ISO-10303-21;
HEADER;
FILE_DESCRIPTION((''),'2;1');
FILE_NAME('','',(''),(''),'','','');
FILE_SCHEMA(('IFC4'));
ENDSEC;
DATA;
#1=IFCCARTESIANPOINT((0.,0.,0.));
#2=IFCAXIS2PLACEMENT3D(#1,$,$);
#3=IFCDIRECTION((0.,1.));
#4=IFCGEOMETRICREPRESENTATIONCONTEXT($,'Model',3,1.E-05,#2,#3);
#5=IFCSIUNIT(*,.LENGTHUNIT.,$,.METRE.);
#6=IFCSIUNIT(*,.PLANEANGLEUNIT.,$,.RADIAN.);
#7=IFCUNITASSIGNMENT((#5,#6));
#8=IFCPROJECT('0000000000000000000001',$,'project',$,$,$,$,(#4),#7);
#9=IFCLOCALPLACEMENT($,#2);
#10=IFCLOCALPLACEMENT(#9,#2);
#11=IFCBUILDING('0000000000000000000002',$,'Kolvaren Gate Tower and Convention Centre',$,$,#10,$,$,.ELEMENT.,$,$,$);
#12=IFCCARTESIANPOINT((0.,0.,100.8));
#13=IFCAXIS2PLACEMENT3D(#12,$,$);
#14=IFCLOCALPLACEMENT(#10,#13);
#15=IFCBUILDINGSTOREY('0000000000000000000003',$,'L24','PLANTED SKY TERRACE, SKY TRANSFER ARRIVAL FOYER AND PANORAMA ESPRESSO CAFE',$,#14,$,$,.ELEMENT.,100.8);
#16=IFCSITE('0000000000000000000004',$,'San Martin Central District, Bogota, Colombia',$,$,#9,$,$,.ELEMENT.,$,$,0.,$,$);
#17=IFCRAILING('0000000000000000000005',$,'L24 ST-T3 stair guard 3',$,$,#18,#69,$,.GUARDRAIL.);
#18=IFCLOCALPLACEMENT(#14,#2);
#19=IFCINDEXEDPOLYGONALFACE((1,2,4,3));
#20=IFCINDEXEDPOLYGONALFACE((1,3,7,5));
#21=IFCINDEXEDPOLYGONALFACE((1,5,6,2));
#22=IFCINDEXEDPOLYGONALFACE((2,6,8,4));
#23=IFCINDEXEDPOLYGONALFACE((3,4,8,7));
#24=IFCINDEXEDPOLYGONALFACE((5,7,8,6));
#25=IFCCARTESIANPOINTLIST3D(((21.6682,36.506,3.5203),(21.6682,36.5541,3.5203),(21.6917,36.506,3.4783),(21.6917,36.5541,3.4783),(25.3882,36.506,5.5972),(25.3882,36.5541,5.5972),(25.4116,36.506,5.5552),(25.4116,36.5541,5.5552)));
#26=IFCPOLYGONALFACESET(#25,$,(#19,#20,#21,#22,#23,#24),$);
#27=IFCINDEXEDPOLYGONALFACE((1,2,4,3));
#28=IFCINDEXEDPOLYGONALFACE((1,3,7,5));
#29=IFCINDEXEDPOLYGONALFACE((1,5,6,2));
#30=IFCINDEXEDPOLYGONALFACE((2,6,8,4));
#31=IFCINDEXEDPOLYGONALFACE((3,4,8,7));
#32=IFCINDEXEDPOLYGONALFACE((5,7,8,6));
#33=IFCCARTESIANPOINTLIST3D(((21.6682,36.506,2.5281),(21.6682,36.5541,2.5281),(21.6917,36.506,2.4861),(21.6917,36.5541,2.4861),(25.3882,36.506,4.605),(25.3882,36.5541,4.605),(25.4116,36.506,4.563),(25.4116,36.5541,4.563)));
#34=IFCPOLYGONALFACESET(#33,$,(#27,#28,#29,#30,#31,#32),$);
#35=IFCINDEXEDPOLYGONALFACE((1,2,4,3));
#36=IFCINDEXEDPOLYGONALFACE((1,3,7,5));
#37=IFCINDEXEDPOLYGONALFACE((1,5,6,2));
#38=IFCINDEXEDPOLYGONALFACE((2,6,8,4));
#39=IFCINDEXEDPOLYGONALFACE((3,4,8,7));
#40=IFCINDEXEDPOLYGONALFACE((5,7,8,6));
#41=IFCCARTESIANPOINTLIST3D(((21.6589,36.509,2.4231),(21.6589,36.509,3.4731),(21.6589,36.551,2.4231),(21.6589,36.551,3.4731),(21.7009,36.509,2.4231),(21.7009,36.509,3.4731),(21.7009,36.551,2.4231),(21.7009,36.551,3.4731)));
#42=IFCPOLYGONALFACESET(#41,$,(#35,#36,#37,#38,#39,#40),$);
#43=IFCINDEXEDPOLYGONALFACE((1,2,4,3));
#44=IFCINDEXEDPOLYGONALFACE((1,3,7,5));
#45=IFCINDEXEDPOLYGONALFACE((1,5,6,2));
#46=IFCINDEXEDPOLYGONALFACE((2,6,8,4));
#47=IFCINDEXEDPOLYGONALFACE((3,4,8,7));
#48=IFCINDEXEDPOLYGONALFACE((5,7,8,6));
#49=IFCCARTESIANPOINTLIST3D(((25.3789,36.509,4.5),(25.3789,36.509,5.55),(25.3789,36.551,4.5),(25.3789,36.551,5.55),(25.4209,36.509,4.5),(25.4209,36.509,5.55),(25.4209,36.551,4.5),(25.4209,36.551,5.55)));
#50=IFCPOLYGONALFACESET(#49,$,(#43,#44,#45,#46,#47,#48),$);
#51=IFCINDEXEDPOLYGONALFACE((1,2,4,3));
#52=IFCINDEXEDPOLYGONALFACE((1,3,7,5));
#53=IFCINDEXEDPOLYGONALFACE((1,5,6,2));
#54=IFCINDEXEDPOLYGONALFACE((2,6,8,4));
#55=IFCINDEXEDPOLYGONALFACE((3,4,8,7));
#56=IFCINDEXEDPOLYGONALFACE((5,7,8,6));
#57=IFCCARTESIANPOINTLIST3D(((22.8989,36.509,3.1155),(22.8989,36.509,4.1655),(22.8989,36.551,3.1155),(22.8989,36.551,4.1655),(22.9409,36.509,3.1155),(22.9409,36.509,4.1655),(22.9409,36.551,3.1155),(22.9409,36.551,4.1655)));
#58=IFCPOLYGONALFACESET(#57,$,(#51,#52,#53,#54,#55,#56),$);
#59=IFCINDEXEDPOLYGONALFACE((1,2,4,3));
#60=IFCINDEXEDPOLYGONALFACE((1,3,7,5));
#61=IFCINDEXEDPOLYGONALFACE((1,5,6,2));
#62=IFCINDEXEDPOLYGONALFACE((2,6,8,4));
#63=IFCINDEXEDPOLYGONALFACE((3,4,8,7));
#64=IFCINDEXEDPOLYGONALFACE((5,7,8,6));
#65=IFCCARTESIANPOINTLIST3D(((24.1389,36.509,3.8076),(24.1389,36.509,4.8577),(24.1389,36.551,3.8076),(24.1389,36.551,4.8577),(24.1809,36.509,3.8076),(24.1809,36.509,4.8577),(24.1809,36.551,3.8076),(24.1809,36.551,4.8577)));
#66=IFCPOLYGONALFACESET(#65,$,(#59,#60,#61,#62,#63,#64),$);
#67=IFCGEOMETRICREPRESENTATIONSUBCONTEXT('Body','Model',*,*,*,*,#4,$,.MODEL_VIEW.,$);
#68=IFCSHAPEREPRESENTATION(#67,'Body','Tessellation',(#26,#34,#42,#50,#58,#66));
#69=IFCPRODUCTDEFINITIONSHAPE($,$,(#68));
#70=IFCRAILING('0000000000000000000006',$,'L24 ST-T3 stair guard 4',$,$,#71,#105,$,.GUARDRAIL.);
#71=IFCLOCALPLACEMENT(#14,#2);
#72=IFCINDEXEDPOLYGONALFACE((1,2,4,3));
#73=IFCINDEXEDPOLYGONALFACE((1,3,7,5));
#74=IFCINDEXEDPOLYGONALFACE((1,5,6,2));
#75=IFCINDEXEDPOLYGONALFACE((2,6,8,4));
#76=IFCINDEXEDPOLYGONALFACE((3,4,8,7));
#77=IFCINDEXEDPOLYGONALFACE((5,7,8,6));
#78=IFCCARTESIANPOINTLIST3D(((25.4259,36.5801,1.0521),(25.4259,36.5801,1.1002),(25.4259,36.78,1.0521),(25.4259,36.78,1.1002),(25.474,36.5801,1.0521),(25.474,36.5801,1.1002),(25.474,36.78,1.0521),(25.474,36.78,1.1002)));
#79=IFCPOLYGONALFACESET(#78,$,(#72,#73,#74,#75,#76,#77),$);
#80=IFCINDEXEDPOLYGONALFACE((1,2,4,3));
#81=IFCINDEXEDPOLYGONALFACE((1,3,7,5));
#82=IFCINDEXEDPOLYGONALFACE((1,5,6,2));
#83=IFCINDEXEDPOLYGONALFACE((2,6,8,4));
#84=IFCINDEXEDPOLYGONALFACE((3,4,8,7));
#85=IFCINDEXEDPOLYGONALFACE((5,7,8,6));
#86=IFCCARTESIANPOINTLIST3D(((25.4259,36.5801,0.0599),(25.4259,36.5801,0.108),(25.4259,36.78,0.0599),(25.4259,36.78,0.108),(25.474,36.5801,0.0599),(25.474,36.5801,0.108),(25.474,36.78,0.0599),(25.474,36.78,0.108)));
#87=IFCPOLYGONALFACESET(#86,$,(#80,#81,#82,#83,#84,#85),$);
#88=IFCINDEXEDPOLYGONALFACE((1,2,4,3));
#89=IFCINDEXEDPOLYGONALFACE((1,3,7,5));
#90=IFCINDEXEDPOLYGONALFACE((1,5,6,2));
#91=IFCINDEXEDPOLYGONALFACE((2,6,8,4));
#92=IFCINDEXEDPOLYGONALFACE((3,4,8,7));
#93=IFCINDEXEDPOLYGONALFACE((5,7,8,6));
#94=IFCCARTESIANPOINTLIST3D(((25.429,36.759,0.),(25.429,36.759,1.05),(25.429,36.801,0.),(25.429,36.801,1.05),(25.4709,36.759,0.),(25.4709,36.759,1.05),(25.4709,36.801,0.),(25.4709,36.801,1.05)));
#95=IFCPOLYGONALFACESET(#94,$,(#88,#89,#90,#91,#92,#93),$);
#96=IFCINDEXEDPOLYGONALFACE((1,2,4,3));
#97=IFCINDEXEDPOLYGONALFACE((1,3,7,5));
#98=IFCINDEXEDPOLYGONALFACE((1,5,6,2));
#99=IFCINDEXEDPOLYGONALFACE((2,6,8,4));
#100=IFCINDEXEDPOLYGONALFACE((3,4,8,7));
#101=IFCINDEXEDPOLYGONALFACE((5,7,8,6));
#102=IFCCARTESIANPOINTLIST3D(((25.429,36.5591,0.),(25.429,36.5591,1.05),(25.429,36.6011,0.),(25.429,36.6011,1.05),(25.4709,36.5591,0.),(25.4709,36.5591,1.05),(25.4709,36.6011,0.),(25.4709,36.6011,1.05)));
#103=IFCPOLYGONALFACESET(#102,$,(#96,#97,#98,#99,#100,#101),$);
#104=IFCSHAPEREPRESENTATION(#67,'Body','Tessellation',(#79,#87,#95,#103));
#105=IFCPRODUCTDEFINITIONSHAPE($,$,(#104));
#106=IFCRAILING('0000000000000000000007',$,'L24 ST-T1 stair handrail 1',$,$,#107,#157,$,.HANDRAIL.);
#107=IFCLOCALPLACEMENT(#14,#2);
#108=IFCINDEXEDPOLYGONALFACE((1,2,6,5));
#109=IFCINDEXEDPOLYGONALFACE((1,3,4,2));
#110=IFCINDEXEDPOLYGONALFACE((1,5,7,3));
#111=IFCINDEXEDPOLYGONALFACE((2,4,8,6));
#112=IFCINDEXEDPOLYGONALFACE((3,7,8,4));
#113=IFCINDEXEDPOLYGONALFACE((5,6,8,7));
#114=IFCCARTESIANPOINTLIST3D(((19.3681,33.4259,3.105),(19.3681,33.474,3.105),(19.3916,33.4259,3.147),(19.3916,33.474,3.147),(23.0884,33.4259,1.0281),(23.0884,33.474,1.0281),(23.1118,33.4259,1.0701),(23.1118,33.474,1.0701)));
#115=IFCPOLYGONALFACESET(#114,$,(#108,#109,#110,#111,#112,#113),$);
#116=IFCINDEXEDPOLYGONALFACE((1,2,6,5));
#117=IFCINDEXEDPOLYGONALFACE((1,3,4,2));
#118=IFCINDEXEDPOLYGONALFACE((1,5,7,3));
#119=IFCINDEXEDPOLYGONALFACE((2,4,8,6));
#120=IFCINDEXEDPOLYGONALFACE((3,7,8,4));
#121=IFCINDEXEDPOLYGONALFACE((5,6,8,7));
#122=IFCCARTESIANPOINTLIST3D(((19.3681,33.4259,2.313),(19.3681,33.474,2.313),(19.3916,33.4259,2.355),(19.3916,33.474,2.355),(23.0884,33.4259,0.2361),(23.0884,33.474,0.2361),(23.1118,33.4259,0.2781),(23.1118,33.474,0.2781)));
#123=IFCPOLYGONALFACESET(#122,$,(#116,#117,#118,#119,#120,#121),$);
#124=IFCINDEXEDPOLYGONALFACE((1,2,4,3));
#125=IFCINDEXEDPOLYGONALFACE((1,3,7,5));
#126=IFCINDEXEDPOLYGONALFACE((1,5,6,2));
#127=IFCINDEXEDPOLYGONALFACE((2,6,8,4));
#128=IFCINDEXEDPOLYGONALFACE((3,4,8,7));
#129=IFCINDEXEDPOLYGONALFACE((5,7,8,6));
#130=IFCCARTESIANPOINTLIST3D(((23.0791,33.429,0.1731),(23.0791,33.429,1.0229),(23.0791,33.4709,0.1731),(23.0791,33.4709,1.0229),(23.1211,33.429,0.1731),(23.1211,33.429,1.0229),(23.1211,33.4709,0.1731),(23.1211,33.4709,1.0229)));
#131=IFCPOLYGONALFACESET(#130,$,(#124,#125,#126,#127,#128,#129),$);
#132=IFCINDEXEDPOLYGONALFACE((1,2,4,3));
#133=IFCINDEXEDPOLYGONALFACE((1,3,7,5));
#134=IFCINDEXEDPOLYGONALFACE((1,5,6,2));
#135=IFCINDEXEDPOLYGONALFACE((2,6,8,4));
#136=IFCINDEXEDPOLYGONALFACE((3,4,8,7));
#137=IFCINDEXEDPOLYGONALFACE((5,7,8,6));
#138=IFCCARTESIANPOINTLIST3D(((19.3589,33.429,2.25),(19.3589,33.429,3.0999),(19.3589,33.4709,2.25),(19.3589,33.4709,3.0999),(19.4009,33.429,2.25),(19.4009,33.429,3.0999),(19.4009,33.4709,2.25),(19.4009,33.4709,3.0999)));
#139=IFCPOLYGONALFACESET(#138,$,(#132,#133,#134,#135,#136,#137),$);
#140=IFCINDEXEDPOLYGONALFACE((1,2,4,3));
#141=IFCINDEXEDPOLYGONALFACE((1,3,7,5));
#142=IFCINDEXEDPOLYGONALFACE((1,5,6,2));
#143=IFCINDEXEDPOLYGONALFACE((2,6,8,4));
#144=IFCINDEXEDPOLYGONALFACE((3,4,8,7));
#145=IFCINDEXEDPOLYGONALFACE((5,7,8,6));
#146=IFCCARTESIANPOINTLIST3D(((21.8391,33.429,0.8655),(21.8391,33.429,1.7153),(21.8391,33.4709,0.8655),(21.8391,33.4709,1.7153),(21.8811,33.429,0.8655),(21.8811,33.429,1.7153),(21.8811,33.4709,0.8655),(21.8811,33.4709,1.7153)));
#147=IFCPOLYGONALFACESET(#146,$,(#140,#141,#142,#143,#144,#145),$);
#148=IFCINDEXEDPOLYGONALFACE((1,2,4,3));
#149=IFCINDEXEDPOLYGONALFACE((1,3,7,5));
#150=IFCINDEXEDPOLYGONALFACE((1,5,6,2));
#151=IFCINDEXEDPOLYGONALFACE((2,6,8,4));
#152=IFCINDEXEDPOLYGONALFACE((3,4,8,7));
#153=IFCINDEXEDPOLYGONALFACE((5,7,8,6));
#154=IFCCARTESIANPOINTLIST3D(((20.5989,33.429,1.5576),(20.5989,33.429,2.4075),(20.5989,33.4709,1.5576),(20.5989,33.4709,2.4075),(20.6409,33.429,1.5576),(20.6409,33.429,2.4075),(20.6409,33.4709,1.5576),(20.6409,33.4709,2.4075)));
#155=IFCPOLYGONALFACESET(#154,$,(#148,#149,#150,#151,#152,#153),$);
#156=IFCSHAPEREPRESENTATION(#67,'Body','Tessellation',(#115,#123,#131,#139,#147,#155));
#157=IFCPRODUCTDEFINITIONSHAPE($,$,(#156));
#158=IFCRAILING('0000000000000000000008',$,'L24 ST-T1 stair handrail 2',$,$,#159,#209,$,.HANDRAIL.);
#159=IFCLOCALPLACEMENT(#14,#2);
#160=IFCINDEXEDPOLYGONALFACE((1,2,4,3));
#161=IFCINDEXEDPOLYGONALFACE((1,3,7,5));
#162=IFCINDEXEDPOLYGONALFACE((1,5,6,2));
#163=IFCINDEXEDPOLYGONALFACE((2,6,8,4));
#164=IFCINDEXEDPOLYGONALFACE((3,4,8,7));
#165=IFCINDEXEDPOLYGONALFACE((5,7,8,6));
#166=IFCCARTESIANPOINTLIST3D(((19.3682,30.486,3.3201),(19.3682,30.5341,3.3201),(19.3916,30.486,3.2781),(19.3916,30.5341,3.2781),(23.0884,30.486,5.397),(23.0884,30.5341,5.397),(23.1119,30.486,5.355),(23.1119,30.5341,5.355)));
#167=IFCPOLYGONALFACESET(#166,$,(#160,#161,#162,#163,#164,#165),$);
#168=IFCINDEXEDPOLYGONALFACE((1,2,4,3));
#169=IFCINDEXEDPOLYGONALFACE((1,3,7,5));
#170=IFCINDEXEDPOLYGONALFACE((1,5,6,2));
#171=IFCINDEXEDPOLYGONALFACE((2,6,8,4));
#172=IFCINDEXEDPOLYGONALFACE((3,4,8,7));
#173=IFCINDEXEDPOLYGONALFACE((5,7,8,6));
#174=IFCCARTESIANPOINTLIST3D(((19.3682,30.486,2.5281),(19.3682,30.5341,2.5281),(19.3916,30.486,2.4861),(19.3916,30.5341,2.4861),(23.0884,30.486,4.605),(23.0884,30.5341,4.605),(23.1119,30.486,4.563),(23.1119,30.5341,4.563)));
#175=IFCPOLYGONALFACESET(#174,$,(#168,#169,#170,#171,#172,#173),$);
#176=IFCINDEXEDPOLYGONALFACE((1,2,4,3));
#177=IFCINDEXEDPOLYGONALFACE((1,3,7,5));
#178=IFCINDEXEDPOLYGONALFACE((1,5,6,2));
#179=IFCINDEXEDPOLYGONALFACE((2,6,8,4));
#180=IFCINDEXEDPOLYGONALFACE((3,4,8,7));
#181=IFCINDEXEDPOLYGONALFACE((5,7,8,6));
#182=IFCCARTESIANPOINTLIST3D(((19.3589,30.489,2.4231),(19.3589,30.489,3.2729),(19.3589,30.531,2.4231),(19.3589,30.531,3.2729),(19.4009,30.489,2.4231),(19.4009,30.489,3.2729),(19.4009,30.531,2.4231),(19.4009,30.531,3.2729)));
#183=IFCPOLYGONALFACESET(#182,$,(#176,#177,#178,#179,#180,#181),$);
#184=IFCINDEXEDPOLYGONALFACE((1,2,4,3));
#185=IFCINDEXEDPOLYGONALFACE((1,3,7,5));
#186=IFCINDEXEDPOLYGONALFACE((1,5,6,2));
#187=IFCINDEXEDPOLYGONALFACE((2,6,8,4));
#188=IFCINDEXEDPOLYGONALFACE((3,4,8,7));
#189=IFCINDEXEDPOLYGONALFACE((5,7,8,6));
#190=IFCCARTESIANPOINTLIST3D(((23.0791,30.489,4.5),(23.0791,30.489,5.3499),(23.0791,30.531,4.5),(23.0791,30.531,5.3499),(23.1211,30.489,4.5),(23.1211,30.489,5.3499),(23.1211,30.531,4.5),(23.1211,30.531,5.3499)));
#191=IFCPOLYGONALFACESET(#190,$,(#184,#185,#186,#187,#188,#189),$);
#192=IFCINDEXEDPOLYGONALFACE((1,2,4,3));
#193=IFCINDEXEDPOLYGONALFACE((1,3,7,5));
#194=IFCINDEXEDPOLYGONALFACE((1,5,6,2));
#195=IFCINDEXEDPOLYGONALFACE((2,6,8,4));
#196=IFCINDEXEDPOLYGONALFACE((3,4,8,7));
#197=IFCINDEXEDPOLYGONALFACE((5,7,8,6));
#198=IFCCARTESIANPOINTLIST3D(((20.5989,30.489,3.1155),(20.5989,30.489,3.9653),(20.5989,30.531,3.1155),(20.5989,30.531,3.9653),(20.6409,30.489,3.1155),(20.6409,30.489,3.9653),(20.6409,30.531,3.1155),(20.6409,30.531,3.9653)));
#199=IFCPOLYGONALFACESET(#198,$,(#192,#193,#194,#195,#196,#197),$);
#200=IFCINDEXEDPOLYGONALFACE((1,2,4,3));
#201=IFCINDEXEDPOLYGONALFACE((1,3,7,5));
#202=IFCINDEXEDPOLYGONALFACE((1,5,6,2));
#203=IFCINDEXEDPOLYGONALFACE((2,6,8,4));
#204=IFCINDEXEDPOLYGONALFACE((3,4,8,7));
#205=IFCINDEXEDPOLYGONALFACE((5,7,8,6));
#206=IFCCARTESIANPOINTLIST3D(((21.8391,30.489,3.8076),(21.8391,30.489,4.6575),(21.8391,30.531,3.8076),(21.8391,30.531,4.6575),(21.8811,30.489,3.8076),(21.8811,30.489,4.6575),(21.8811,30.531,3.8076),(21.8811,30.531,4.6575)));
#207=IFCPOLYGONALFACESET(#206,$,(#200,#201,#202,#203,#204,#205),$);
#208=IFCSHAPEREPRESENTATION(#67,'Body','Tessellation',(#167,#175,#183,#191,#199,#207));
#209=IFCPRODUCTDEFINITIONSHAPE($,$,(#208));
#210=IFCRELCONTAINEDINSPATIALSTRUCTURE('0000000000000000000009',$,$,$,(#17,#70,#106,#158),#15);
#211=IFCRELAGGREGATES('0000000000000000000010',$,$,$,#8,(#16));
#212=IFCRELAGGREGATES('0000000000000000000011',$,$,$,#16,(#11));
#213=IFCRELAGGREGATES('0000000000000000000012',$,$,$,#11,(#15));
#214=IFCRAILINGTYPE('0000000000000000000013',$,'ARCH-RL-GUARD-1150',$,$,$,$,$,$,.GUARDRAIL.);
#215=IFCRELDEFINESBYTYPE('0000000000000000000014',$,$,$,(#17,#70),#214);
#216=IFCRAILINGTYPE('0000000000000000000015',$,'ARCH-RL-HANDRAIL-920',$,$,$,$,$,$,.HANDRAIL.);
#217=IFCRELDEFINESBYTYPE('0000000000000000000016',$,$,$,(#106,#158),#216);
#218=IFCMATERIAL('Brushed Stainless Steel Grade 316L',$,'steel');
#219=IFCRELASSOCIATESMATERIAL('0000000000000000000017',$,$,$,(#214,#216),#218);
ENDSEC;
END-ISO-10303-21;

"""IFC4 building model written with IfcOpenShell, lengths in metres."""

from ifc_helpers import new_model, si_unit, direction, frame, origin, origin_2d, place, context, subcontext, project, spatial, rectangle, extrude, material, type_object, element, save


model = new_model("IFC4")

# Units and contexts
model_context = context("Model", 3, precision=1e-05, world=origin(), true_north=direction((0.0, 1.0)))
body_context = subcontext(model_context, "Body", "Model", "MODEL_VIEW")
ifc_project = project(units=[si_unit("LENGTHUNIT", "METRE"), si_unit("PLANEANGLEUNIT", "RADIAN")], contexts=[model_context])

# Site, building, storey
site_placement = place(None, origin())
site = spatial("IfcSite", under=ifc_project, at=site_placement, Name="San Martin Central District, Bogota, Colombia", CompositionType="ELEMENT", RefElevation=0.0)
building_placement = place(site_placement, origin())
building = spatial("IfcBuilding", under=site, at=building_placement, Name="Kolvaren Gate Tower and Convention Centre", CompositionType="ELEMENT")
storey_placement = place(building_placement, frame((0.0, 0.0, 100.8)))
storey = spatial("IfcBuildingStorey", under=building, at=storey_placement, Name="L24", Description="PLANTED SKY TERRACE, SKY TRANSFER ARRIVAL FOYER AND PANORAMA ESPRESSO CAFE", CompositionType="ELEMENT", Elevation=100.8)

# Railings
ifc_material_1 = material(Name="Brushed Stainless Steel Grade 316L", Category="steel")
railing_type_1 = type_object("IfcRailingType", Name="ARCH-RL-GUARD-1150", PredefinedType="GUARDRAIL", material=ifc_material_1)
railing_1_placement = place(storey_placement, frame((21.6799, 36.53, 2.4231)))
element("IfcRailing", 1, at=railing_1_placement, inside=storey, type_object=railing_type_1, Name="L24 ST-T3 stair guard 3", PredefinedType="GUARDRAIL", context=body_context, shape_type="SweptSolid", body=[
    extrude(rectangle(XDim=0.0481, YDim=0.0481, at=origin_2d()), frame((0.0, 0.0, 1.0762), z_axis=(0.873134, 0.0, 0.487481), x_axis=(0.0, 1.0, 0.0)), (0.0, 0.0, 1.0), 4.2605),
    extrude(rectangle(XDim=0.0481, YDim=0.0481, at=origin_2d()), frame((0.0, 0.0, 0.084), z_axis=(0.873134, 0.0, 0.487481), x_axis=(0.0, 1.0, 0.0)), (0.0, 0.0, 1.0), 4.2605),
    extrude(rectangle(XDim=0.042, YDim=0.042, at=origin_2d()), origin(), (0.0, 0.0, 1.0), 1.05),
    extrude(rectangle(XDim=0.042, YDim=0.042, at=origin_2d()), frame((3.72, 0.0, 2.0769)), (0.0, 0.0, 1.0), 1.05),
    extrude(rectangle(XDim=0.042, YDim=0.042, at=origin_2d()), frame((1.24, 0.0, 0.6924)), (0.0, 0.0, 1.0), 1.05),
    extrude(rectangle(XDim=0.042, YDim=0.042, at=origin_2d()), frame((2.48, 0.0, 1.3845)), (0.0, 0.0, 1.0), 1.05),
])
railing_2_placement = place(storey_placement, frame((25.45, 36.78, 0.0)))
element("IfcRailing", 2, at=railing_2_placement, inside=storey, type_object=railing_type_1, Name="L24 ST-T3 stair guard 4", PredefinedType="GUARDRAIL", context=body_context, shape_type="SweptSolid", body=[
    extrude(rectangle(XDim=0.0481, YDim=0.0481, at=origin_2d()), frame((0.0, 0.0, 1.0762), z_axis=(0.0, -1.0, 0.0), x_axis=(1.0, 0.0, 0.0)), (0.0, 0.0, 1.0), 0.2),
    extrude(rectangle(XDim=0.0481, YDim=0.0481, at=origin_2d()), frame((0.0, 0.0, 0.084), z_axis=(0.0, -1.0, 0.0), x_axis=(1.0, 0.0, 0.0)), (0.0, 0.0, 1.0), 0.2),
    extrude(rectangle(XDim=0.042, YDim=0.042, at=origin_2d()), origin(), (0.0, 0.0, 1.0), 1.05),
    extrude(rectangle(XDim=0.042, YDim=0.042, at=origin_2d()), frame((0.0, -0.2, 0.0)), (0.0, 0.0, 1.0), 1.05),
])
railing_type_2 = type_object("IfcRailingType", Name="ARCH-RL-HANDRAIL-920", PredefinedType="HANDRAIL", material=ifc_material_1)
railing_3_placement = place(storey_placement, frame((23.1001, 33.45, 0.1731)))
element("IfcRailing", 3, at=railing_3_placement, inside=storey, type_object=railing_type_2, Name="L24 ST-T1 stair handrail 1", PredefinedType="HANDRAIL", context=body_context, shape_type="SweptSolid", body=[
    extrude(rectangle(XDim=0.0481, YDim=0.0481, at=origin_2d()), frame((0.0, 0.0, 0.876), z_axis=(-0.873147, 0.0, 0.487457), x_axis=(0.0, -1.0, 0.0)), (0.0, 0.0, 1.0), 4.2607),
    extrude(rectangle(XDim=0.0481, YDim=0.0481, at=origin_2d()), frame((0.0, 0.0, 0.084), z_axis=(-0.873147, 0.0, 0.487457), x_axis=(0.0, -1.0, 0.0)), (0.0, 0.0, 1.0), 4.2607),
    extrude(rectangle(XDim=0.042, YDim=0.042, at=origin_2d()), origin(), (0.0, 0.0, 1.0), 0.8499),
    extrude(rectangle(XDim=0.042, YDim=0.042, at=origin_2d()), frame((-3.7202, 0.0, 2.0769)), (0.0, 0.0, 1.0), 0.8499),
    extrude(rectangle(XDim=0.042, YDim=0.042, at=origin_2d()), frame((-1.24, 0.0, 0.6924)), (0.0, 0.0, 1.0), 0.8499),
    extrude(rectangle(XDim=0.042, YDim=0.042, at=origin_2d()), frame((-2.4802, 0.0, 1.3845)), (0.0, 0.0, 1.0), 0.8499),
])
railing_4_placement = place(storey_placement, frame((19.3799, 30.51, 2.4231)))
element("IfcRailing", 4, at=railing_4_placement, inside=storey, type_object=railing_type_2, Name="L24 ST-T1 stair handrail 2", PredefinedType="HANDRAIL", context=body_context, shape_type="SweptSolid", body=[
    extrude(rectangle(XDim=0.0481, YDim=0.0481, at=origin_2d()), frame((0.0, 0.0, 0.876), z_axis=(0.873147, 0.0, 0.487457), x_axis=(0.0, 1.0, 0.0)), (0.0, 0.0, 1.0), 4.2607),
    extrude(rectangle(XDim=0.0481, YDim=0.0481, at=origin_2d()), frame((0.0, 0.0, 0.084), z_axis=(0.873147, 0.0, 0.487457), x_axis=(0.0, 1.0, 0.0)), (0.0, 0.0, 1.0), 4.2607),
    extrude(rectangle(XDim=0.042, YDim=0.042, at=origin_2d()), origin(), (0.0, 0.0, 1.0), 0.8499),
    extrude(rectangle(XDim=0.042, YDim=0.042, at=origin_2d()), frame((3.7202, 0.0, 2.0769)), (0.0, 0.0, 1.0), 0.8499),
    extrude(rectangle(XDim=0.042, YDim=0.042, at=origin_2d()), frame((1.24, 0.0, 0.6924)), (0.0, 0.0, 1.0), 0.8499),
    extrude(rectangle(XDim=0.042, YDim=0.042, at=origin_2d()), frame((2.4802, 0.0, 1.3845)), (0.0, 0.0, 1.0), 0.8499),
])

save(model, "model.ifc")
